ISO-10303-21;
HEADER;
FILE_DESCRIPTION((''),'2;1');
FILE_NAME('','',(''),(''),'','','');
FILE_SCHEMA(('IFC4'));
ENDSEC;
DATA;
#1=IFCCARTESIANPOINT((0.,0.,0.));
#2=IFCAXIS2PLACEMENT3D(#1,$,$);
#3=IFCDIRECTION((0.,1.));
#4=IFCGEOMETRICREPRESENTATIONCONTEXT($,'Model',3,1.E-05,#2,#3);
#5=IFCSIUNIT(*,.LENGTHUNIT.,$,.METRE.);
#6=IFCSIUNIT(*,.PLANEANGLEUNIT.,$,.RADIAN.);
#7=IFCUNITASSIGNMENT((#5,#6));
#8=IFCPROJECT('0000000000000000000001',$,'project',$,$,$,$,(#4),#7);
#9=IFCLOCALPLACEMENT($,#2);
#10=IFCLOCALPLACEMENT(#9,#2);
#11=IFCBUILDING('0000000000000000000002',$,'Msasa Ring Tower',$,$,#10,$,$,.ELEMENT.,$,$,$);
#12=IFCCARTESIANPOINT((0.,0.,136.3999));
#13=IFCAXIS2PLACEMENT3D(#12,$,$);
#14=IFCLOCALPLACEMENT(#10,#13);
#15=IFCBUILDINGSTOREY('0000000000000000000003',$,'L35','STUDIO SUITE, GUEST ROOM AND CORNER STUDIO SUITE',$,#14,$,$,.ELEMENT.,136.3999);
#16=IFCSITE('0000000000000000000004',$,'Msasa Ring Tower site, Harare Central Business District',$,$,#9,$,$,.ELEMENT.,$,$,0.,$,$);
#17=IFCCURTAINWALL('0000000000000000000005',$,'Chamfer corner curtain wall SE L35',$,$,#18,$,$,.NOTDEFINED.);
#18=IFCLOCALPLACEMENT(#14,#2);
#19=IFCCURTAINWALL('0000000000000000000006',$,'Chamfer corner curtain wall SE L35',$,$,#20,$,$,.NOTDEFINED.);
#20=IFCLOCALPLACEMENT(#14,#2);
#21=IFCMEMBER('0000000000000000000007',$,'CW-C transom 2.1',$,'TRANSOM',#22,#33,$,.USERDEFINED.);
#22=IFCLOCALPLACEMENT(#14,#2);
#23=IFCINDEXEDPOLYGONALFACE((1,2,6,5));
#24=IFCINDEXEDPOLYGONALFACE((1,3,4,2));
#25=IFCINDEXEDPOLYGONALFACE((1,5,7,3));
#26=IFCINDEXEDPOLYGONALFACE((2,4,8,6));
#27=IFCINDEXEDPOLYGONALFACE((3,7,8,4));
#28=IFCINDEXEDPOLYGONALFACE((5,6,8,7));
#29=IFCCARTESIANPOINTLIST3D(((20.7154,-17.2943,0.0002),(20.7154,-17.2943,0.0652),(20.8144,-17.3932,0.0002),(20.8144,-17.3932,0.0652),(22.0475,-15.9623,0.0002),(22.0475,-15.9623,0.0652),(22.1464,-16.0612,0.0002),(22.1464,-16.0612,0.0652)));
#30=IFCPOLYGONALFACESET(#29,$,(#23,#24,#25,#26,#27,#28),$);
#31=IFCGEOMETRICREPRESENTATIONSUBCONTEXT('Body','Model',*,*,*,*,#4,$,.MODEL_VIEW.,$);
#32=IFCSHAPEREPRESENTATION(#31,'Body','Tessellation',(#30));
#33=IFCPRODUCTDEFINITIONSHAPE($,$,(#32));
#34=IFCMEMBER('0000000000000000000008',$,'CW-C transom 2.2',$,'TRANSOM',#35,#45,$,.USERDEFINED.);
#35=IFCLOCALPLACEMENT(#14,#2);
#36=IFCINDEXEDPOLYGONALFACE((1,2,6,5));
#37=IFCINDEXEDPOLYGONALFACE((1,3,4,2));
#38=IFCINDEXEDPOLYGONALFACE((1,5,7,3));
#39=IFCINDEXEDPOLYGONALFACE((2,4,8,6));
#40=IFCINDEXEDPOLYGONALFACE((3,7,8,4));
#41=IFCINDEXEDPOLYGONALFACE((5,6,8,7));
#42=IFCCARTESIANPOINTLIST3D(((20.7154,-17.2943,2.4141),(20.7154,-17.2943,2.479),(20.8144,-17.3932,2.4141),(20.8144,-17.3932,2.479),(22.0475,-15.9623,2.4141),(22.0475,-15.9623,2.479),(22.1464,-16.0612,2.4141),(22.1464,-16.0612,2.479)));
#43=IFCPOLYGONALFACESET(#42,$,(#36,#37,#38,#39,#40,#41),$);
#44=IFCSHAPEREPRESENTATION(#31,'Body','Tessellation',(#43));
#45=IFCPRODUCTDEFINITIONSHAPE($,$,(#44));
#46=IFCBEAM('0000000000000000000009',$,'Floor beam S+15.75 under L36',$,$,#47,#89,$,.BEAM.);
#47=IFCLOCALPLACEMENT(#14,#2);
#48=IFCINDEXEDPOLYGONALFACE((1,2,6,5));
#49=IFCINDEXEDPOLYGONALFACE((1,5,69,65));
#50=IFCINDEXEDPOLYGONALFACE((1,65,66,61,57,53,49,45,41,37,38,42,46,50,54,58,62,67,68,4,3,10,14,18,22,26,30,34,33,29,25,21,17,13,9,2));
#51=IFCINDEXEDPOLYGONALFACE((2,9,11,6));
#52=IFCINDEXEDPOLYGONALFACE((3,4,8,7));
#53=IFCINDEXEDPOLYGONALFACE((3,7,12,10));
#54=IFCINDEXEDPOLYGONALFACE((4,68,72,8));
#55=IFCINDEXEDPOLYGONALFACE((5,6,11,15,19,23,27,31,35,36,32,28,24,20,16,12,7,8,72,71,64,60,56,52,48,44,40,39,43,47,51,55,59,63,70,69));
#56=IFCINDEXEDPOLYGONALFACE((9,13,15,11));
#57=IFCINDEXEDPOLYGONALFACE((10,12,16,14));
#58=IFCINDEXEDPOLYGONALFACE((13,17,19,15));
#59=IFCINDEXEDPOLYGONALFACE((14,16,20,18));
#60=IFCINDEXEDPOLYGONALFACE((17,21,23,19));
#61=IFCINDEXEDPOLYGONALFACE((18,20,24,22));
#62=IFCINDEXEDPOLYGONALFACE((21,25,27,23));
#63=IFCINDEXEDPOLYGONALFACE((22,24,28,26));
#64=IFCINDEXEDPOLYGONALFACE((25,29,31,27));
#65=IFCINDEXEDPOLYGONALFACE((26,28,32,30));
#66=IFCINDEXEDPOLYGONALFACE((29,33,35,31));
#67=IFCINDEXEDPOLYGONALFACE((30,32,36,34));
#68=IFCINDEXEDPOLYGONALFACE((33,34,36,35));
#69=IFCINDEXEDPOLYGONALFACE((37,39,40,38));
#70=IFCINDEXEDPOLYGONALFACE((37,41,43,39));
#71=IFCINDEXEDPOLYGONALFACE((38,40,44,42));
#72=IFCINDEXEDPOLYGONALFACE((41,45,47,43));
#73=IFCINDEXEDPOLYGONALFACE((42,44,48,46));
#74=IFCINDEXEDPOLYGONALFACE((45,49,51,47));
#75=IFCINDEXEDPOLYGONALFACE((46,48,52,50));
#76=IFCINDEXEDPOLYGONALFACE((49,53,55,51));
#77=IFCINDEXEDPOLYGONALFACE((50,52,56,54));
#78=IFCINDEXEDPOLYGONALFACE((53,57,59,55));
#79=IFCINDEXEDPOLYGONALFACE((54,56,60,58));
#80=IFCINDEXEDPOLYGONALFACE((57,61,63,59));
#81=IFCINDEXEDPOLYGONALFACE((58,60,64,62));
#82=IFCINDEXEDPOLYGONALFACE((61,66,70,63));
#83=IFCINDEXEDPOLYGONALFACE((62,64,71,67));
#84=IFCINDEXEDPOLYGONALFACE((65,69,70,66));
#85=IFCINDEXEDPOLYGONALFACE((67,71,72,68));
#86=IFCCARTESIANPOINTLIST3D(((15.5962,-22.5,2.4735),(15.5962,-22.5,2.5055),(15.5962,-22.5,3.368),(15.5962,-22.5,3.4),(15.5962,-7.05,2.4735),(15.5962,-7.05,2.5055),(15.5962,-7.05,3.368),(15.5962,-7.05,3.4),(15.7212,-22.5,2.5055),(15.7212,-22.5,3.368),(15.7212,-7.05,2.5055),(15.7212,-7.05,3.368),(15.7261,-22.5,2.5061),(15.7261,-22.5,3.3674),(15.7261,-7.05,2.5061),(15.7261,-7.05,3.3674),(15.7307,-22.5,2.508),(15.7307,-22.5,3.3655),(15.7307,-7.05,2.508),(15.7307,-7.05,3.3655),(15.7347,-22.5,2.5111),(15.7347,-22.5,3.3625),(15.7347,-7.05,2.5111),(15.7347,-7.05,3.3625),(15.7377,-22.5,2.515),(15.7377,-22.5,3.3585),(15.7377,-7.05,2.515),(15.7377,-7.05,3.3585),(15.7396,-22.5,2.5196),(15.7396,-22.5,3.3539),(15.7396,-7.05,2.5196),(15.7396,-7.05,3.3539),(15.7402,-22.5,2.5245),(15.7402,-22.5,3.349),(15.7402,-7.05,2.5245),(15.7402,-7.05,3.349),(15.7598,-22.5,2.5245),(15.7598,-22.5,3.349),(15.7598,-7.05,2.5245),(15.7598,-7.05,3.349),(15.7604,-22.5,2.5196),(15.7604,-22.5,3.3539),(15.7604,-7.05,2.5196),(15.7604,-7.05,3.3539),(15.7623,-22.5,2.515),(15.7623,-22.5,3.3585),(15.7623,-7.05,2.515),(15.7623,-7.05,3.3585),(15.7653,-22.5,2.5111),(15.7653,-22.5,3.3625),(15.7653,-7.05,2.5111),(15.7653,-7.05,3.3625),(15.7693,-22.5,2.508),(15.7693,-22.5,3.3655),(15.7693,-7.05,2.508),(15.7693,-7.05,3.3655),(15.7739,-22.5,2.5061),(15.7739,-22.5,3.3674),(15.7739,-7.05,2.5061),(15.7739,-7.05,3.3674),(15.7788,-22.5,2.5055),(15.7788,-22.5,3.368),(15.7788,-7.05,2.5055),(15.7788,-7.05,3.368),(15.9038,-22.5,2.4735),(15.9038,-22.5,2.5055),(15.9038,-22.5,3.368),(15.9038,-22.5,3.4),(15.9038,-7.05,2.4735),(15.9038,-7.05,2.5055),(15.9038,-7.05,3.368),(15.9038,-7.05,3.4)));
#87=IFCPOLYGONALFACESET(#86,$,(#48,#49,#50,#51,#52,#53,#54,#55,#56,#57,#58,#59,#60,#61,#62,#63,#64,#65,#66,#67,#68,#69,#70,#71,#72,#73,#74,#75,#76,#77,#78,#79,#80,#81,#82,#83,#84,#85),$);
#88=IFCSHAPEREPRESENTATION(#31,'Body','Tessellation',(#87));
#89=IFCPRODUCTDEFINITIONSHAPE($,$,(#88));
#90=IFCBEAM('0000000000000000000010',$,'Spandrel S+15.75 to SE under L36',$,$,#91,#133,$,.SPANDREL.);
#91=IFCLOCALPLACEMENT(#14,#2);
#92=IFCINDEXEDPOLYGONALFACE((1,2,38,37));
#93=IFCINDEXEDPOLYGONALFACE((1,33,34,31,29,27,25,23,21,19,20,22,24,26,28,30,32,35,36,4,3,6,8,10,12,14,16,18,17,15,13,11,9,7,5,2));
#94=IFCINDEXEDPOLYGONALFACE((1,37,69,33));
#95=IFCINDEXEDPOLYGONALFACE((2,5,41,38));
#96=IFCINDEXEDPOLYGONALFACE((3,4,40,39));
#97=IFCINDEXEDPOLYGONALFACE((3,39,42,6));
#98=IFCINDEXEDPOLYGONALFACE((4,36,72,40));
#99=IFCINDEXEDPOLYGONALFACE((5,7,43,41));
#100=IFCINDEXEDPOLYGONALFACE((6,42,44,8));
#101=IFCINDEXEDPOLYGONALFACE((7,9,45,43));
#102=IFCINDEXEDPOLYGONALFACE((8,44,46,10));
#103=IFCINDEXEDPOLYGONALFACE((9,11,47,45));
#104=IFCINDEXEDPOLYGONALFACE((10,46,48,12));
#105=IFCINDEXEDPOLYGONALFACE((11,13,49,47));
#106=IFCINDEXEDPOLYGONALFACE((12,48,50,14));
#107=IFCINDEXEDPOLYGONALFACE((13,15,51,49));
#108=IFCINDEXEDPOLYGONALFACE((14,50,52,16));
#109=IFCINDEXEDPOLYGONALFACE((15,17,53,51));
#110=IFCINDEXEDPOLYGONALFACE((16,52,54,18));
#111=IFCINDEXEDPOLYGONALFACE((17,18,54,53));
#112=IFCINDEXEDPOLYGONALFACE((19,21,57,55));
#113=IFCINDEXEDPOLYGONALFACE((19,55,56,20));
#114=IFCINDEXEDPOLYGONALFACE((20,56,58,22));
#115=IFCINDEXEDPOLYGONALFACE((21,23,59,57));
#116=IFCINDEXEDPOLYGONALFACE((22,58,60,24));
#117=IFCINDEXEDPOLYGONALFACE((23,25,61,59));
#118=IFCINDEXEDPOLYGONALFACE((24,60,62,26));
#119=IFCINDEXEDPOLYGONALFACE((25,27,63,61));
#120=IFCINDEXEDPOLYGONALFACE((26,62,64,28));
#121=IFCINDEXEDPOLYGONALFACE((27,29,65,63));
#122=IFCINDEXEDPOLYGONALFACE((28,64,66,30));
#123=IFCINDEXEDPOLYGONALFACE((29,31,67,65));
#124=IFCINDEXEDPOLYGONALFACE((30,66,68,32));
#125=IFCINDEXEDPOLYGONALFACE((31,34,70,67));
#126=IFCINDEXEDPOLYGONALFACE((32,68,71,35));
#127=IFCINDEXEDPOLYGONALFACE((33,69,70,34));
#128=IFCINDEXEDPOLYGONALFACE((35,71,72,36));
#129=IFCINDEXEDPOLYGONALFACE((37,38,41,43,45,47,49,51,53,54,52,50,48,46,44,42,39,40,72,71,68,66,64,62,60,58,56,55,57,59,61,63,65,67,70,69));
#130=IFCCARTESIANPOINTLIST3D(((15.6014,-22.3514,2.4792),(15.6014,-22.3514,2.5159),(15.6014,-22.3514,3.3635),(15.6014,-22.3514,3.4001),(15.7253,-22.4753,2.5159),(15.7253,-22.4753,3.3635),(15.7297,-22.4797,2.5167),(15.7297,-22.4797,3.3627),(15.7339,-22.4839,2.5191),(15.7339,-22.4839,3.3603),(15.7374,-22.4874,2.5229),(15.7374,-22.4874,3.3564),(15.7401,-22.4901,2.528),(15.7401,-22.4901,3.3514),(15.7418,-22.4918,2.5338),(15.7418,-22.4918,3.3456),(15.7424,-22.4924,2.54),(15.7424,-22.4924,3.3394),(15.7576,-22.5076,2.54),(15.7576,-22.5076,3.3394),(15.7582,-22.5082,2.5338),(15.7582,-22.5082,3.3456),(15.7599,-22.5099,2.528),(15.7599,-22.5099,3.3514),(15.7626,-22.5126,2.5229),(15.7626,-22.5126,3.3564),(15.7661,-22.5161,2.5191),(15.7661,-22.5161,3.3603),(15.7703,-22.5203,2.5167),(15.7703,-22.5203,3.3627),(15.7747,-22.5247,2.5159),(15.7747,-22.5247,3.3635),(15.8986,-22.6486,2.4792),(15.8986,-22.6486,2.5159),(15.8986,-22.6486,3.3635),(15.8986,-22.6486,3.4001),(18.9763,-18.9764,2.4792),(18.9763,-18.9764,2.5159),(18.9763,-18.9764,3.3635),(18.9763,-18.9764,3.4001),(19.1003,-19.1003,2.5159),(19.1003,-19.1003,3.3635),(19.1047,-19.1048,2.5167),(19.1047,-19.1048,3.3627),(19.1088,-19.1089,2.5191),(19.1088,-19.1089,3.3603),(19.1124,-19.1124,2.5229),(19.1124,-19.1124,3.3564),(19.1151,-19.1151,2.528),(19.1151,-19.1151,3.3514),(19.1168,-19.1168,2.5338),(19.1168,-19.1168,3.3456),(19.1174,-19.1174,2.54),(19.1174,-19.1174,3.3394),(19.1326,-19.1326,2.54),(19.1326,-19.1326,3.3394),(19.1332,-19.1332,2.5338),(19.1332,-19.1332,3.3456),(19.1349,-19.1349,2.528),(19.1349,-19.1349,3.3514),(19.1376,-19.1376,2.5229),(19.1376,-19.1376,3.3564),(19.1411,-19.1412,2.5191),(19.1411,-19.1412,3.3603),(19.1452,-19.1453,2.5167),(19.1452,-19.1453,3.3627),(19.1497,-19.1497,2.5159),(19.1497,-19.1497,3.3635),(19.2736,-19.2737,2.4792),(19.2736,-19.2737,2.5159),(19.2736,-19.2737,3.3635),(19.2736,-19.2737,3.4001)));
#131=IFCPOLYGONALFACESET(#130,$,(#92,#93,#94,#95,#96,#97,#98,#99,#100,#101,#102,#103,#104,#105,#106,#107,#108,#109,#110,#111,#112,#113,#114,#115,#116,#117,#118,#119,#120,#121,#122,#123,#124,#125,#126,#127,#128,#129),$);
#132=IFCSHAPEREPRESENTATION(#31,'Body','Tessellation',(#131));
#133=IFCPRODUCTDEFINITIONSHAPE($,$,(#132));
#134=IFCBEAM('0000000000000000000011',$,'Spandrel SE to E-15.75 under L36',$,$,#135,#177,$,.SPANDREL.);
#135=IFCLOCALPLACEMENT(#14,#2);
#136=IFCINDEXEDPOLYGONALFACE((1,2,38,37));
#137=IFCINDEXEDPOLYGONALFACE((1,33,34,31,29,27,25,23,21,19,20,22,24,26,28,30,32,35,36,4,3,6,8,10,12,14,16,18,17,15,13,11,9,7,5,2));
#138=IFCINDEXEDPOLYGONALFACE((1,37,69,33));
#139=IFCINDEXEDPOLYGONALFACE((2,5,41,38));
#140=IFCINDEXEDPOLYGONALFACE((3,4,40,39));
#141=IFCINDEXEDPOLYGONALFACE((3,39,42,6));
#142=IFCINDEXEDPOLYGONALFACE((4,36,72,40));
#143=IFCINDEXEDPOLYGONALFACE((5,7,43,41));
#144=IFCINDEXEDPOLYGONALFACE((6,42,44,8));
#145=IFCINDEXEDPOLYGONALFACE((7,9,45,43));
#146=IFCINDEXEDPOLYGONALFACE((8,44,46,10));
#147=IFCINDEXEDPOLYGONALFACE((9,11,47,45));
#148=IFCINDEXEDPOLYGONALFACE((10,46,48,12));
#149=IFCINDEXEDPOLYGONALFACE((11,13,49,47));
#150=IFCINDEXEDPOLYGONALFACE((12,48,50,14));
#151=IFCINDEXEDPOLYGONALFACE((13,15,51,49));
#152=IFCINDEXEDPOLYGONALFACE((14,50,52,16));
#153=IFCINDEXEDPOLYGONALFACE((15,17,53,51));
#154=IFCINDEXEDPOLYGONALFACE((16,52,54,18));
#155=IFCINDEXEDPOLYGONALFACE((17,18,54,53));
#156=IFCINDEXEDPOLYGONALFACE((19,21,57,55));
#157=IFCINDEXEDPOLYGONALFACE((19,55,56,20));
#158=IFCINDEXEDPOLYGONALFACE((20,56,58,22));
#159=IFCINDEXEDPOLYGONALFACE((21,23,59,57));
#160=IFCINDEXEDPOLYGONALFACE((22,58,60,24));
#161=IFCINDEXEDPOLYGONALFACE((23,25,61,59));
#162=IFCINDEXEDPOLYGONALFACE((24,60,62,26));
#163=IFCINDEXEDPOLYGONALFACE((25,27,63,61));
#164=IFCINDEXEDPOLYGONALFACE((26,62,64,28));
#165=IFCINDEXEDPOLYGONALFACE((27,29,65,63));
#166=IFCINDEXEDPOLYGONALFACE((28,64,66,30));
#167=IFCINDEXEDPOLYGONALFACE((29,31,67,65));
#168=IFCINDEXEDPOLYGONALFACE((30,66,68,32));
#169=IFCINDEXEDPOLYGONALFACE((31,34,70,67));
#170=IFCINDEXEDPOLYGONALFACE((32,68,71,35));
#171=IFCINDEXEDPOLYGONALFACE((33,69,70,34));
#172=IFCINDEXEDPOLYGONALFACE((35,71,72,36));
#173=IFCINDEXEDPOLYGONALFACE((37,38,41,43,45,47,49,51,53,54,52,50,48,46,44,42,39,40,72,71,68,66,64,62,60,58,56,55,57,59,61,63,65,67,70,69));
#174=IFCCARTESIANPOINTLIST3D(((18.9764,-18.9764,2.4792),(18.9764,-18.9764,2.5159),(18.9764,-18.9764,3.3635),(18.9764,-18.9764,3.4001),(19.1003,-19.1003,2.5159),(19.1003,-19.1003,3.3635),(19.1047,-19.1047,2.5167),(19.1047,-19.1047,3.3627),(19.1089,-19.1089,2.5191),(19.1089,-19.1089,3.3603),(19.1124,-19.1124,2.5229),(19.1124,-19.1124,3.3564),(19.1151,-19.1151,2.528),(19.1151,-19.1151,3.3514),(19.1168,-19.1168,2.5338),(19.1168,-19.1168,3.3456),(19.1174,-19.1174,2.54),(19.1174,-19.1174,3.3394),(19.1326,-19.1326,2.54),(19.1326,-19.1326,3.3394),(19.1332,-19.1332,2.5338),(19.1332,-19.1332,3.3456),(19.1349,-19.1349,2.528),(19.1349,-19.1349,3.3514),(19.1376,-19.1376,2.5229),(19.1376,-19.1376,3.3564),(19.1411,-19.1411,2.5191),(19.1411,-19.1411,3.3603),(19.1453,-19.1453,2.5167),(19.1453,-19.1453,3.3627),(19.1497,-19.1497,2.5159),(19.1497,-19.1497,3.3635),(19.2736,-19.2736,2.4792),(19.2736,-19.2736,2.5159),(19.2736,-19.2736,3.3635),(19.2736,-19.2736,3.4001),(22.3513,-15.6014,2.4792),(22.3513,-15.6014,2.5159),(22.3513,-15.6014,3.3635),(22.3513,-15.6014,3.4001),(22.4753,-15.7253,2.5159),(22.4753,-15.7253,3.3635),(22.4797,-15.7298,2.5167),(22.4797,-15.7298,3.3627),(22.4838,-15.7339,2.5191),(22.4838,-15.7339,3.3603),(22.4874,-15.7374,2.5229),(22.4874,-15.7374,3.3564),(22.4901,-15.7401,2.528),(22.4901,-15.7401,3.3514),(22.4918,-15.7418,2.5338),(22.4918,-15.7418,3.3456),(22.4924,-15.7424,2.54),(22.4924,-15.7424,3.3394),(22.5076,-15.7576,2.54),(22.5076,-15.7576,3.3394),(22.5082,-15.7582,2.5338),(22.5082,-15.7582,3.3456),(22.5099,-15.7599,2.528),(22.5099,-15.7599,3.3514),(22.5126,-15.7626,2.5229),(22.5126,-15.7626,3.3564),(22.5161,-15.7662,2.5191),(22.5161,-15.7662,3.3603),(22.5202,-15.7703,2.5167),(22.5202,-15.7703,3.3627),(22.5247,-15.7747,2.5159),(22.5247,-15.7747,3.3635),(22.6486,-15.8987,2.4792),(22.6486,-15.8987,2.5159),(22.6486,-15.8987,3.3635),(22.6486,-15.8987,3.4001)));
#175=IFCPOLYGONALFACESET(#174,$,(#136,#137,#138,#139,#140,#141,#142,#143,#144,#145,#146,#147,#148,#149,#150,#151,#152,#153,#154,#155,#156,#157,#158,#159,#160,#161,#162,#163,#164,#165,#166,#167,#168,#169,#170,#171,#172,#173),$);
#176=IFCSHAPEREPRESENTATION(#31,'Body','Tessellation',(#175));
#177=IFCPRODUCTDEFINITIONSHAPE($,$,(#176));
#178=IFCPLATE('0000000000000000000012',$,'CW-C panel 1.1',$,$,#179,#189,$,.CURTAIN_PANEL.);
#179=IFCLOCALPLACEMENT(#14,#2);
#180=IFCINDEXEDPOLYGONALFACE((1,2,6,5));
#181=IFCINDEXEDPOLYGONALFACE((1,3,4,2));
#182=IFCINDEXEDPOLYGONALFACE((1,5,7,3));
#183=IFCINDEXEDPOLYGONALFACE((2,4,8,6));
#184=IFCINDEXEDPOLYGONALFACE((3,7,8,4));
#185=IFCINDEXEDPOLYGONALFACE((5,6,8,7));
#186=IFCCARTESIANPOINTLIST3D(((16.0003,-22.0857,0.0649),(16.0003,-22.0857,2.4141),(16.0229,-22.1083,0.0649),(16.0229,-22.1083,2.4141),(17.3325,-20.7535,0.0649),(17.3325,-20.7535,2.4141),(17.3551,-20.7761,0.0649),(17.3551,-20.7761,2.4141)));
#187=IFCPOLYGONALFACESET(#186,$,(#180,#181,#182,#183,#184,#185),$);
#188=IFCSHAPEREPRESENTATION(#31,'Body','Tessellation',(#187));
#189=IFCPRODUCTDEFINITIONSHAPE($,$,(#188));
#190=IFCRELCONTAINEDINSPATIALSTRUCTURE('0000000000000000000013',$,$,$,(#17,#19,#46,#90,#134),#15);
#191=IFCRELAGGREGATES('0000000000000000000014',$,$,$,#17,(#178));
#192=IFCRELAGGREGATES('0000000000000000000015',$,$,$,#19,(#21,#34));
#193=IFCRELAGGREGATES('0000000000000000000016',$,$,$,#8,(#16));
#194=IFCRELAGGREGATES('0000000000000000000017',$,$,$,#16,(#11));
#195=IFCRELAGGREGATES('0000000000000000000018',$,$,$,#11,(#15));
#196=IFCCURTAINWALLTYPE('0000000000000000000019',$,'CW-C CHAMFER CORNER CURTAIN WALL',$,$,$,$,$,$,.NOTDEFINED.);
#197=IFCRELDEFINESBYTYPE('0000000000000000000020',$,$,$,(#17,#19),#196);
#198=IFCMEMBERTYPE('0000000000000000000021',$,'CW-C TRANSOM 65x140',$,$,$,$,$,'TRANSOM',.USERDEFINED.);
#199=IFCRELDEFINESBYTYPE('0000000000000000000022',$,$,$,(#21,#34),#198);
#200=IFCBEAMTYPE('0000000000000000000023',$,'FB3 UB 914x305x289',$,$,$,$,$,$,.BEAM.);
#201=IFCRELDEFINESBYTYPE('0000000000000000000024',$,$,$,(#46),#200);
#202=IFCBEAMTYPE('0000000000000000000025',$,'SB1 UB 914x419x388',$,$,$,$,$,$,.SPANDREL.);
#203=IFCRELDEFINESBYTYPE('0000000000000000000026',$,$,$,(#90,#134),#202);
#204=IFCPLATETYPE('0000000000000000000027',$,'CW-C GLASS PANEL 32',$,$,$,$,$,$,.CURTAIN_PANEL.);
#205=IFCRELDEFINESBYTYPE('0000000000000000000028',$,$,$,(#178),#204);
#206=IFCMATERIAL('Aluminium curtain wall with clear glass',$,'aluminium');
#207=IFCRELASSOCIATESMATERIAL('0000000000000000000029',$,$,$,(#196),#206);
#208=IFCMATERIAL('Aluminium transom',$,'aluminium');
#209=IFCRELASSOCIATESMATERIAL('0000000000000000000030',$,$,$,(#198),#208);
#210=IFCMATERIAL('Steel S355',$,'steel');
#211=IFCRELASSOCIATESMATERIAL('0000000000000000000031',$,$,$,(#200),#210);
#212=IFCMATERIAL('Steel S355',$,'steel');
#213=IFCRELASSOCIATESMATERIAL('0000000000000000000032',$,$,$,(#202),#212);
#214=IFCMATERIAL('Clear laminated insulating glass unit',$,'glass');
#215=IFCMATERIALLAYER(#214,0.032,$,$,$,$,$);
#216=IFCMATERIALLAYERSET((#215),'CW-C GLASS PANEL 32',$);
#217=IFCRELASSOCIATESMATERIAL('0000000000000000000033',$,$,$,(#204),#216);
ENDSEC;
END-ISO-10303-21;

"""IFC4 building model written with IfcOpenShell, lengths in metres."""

from ifc_helpers import new_model, si_unit, direction, frame, origin, origin_2d, place, context, subcontext, project, spatial, rectangle, i_section, extrude, material, layer, layer_set, material_profile, profile_set, type_object, element, aggregate, save


model = new_model("IFC4")

# Units and contexts
model_context = context("Model", 3, precision=1e-05, world=origin(), true_north=direction((0.0, 1.0)))
body_context = subcontext(model_context, "Body", "Model", "MODEL_VIEW")
ifc_project = project(units=[si_unit("LENGTHUNIT", "METRE"), si_unit("PLANEANGLEUNIT", "RADIAN")], contexts=[model_context])

# Site, building, storey
site_placement = place(None, origin())
site = spatial("IfcSite", under=ifc_project, at=site_placement, Name="Msasa Ring Tower site, Harare Central Business District", CompositionType="ELEMENT", RefElevation=0.0)
building_placement = place(site_placement, origin())
building = spatial("IfcBuilding", under=site, at=building_placement, Name="Msasa Ring Tower", CompositionType="ELEMENT")
storey_placement = place(building_placement, frame((0.0, 0.0, 136.3999)))
storey = spatial("IfcBuildingStorey", under=building, at=storey_placement, Name="L35", Description="STUDIO SUITE, GUEST ROOM AND CORNER STUDIO SUITE", CompositionType="ELEMENT", Elevation=136.3999)

# Curtain walls
ifc_material_1 = material(Name="Aluminium curtain wall with clear glass", Category="aluminium")
curtain_wall_type = type_object("IfcCurtainWallType", Name="CW-C CHAMFER CORNER CURTAIN WALL", PredefinedType="NOTDEFINED", material=ifc_material_1)
curtain_wall_1_placement = place(storey_placement, origin())
curtain_wall_1 = element("IfcCurtainWall", 1, at=curtain_wall_1_placement, inside=storey, type_object=curtain_wall_type, Name="Chamfer corner curtain wall SE L35", PredefinedType="NOTDEFINED")
curtain_wall_2_placement = place(storey_placement, origin())
curtain_wall_2 = element("IfcCurtainWall", 2, at=curtain_wall_2_placement, inside=storey, type_object=curtain_wall_type, Name="Chamfer corner curtain wall SE L35", PredefinedType="NOTDEFINED")

# Members
ifc_material_2 = material(Name="Aluminium transom", Category="aluminium")
ifc_material_profile_1 = material_profile(ifc_material_2, rectangle(XDim=0.1399, YDim=0.0649, at=origin_2d()), Name="AL 65x140")
ifc_profile_set_1 = profile_set([ifc_material_profile_1], Name="Aluminium transom")
member_type_1 = type_object("IfcMemberType", Name="CW-C TRANSOM 65x140", ElementType="TRANSOM", PredefinedType="USERDEFINED", material=ifc_profile_set_1)
member_1_placement = place(storey_placement, frame((20.7649, -17.3438, 0.0327), z_axis=(0.707107, 0.707107, 0.0), x_axis=(-0.707107, 0.707107, 0.0)))
member_1 = element("IfcMember", 3, at=member_1_placement, type_object=member_type_1, Name="CW-C transom 2.1", ObjectType="TRANSOM", PredefinedType="USERDEFINED", context=body_context, shape_type="SweptSolid", body=[
    extrude(rectangle(XDim=0.1399, YDim=0.0649, at=origin_2d()), origin(), (0.0, 0.0, 1.0), 1.8838),
])
member_2_placement = place(storey_placement, frame((20.7649, -17.3438, 2.4465), z_axis=(0.707107, 0.707107, 0.0), x_axis=(-0.707107, 0.707107, 0.0)))
member_2 = element("IfcMember", 4, at=member_2_placement, type_object=member_type_1, Name="CW-C transom 2.2", ObjectType="TRANSOM", PredefinedType="USERDEFINED", context=body_context, shape_type="SweptSolid", body=[
    extrude(rectangle(XDim=0.1399, YDim=0.0649, at=origin_2d()), origin(), (0.0, 0.0, 1.0), 1.8838),
])

# Beams
ifc_material_3 = material(Name="Steel S355", Category="steel")
ifc_material_profile_2 = material_profile(ifc_material_3, i_section(OverallWidth=0.3076, OverallDepth=0.9265, WebThickness=0.0195, FlangeThickness=0.032, FilletRadius=0.019, at=origin_2d()), Name="UB 914x305x289")
ifc_profile_set_2 = profile_set([ifc_material_profile_2], Name="Steel S355")
beam_type_1 = type_object("IfcBeamType", Name="FB3 UB 914x305x289", PredefinedType="BEAM", material=ifc_profile_set_2)
beam_placement = place(storey_placement, frame((15.75, -22.5, 2.9368), z_axis=(0.0, 1.0, 0.0), x_axis=(-1.0, 0.0, 0.0)))
element("IfcBeam", 5, at=beam_placement, inside=storey, type_object=beam_type_1, Name="Floor beam S+15.75 under L36", PredefinedType="BEAM", context=body_context, shape_type="SweptSolid", body=[
    extrude(i_section(OverallWidth=0.3076, OverallDepth=0.9265, WebThickness=0.0195, FlangeThickness=0.032, FilletRadius=0.019, at=origin_2d()), origin(), (0.0, 0.0, 1.0), 15.45),
])
ifc_material_4 = material(Name="Steel S355", Category="steel")
ifc_material_profile_3 = material_profile(ifc_material_4, i_section(OverallWidth=0.4204, OverallDepth=0.9209, WebThickness=0.0215, FlangeThickness=0.0366, FilletRadius=0.0242, at=origin_2d()), Name="UB 914x419x388")
ifc_profile_set_3 = profile_set([ifc_material_profile_3], Name="Steel S355")
beam_type_2 = type_object("IfcBeamType", Name="SB1 UB 914x419x388", PredefinedType="SPANDREL", material=ifc_profile_set_3)
for number, where, z_axis, x_axis, name in (
    (6, (15.75, -22.5, 2.9397), (0.707107, 0.707107, 0.0), (-0.707107, 0.707107, 0.0), "Spandrel S+15.75 to SE under L36"),
    (7, (19.125, -19.125, 2.9397), (0.707107, 0.707107, 0.0), (-0.707107, 0.707107, 0.0), "Spandrel SE to E-15.75 under L36"),
):
    element("IfcBeam", number, at=place(storey_placement, frame(where, z_axis=z_axis, x_axis=x_axis)), inside=storey, type_object=beam_type_2, Name=name, PredefinedType="SPANDREL", context=body_context, shape_type="SweptSolid", body=[
        extrude(i_section(OverallWidth=0.4204, OverallDepth=0.9209, WebThickness=0.0215, FlangeThickness=0.0366, FilletRadius=0.0242, at=origin_2d()), origin(), (0.0, 0.0, 1.0), 4.7729),
    ])

# Plate
ifc_material_5 = material(Name="Clear laminated insulating glass unit", Category="glass")
ifc_layer_1 = layer(ifc_material_5, 0.032)
ifc_layer_set_1 = layer_set([ifc_layer_1], Name="CW-C GLASS PANEL 32")
plate_type = type_object("IfcPlateType", Name="CW-C GLASS PANEL 32", PredefinedType="CURTAIN_PANEL", material=ifc_layer_set_1)
plate_1_placement = place(storey_placement, frame((16.6777, -21.4309, 0.0649), z_axis=(0.0, 0.0, 1.0), x_axis=(0.707107, 0.707107, 0.0)))
plate_1 = element("IfcPlate", 8, at=plate_1_placement, type_object=plate_type, Name="CW-C panel 1.1", PredefinedType="CURTAIN_PANEL", context=body_context, shape_type="SweptSolid", body=[
    extrude(rectangle(XDim=1.884, YDim=0.032, at=origin_2d()), origin(), (0.0, 0.0, 1.0), 2.3491),
])
aggregate(curtain_wall_1, [plate_1])
aggregate(curtain_wall_2, [member_1, member_2])

save(model, "model.ifc")
